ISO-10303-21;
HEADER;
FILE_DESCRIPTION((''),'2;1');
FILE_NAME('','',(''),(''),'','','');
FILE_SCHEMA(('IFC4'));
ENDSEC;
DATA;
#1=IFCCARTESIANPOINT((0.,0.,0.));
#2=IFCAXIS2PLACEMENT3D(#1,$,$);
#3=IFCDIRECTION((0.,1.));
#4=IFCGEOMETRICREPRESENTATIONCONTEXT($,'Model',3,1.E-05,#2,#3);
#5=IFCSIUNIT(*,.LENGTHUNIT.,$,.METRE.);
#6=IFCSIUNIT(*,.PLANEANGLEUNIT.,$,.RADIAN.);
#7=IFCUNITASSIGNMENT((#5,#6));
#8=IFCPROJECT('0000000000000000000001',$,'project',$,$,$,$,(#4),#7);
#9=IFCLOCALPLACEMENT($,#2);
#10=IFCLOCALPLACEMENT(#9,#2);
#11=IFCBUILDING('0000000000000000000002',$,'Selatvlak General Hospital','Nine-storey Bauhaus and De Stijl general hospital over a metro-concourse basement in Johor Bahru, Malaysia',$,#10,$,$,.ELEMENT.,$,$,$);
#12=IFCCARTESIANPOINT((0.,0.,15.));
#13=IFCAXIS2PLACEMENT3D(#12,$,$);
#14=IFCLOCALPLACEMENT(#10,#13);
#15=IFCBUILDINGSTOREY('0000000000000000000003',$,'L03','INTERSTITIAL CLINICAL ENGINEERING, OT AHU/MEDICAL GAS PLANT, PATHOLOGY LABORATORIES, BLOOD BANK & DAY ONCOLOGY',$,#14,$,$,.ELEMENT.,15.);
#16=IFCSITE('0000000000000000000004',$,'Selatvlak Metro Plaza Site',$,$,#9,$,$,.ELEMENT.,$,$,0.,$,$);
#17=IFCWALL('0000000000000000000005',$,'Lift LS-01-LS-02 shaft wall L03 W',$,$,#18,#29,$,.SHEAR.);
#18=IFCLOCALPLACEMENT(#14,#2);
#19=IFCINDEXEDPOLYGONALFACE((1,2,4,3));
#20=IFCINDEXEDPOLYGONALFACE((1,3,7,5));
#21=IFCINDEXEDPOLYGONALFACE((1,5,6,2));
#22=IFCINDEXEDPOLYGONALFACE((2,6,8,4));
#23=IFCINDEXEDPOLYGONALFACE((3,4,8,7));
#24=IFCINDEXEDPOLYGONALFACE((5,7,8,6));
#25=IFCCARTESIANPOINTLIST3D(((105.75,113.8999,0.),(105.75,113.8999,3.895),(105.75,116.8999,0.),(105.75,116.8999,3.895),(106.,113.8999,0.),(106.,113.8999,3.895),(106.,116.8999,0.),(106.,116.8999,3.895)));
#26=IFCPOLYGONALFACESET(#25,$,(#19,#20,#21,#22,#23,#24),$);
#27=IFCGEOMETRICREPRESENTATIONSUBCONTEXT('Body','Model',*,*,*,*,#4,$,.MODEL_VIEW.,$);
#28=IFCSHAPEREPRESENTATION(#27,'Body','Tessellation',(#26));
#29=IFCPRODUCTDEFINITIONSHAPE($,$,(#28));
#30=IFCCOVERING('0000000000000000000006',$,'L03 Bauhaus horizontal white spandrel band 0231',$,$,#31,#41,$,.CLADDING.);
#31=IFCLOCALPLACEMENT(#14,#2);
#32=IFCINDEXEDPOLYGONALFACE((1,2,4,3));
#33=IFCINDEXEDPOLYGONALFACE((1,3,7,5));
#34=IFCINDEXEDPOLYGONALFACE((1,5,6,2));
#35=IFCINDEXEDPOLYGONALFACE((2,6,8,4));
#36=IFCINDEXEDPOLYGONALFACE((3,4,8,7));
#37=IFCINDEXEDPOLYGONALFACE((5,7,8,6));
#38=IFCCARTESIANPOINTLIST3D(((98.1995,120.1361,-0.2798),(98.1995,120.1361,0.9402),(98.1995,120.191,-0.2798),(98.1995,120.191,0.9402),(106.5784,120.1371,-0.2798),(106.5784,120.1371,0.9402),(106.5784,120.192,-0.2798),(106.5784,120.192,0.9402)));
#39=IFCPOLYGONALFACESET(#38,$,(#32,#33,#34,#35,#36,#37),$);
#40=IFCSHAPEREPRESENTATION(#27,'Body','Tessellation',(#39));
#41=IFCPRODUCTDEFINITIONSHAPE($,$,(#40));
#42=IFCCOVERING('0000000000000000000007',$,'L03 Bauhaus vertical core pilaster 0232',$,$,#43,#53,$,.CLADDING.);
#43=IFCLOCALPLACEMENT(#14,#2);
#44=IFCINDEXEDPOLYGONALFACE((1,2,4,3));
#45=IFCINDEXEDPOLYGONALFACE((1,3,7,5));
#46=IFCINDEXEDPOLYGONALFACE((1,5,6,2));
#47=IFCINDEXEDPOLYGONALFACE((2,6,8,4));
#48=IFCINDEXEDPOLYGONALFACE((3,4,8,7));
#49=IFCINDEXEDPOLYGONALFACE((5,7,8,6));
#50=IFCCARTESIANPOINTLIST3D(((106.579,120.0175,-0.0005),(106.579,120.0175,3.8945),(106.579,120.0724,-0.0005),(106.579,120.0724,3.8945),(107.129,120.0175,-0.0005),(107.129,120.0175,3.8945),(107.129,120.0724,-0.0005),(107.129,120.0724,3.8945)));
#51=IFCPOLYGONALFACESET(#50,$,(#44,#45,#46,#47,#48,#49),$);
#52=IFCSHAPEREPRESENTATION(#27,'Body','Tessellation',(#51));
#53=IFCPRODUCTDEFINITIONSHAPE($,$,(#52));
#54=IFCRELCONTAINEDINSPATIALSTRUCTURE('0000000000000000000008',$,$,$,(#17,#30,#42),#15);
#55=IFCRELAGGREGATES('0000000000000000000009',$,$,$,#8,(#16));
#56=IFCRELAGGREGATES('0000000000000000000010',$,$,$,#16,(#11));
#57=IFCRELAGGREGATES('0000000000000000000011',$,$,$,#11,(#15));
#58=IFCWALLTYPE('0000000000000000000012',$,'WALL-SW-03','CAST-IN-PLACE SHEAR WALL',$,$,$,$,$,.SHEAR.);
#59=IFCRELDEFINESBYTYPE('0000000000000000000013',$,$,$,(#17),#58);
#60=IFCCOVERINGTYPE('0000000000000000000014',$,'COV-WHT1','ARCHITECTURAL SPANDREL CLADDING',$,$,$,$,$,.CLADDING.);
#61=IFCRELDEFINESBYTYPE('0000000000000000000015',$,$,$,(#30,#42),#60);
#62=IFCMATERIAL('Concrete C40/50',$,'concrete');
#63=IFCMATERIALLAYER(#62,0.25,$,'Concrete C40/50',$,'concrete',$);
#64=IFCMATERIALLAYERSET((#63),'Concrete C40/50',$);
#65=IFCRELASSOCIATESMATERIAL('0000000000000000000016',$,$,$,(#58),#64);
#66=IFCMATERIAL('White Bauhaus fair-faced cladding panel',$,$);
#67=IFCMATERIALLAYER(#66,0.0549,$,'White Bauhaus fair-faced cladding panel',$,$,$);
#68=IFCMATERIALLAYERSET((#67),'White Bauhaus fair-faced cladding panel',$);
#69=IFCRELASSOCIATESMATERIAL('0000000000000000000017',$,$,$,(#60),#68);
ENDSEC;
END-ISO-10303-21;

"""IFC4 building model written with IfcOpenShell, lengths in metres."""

from ifc_helpers import new_model, si_unit, direction, frame, frame_2d, origin, origin_2d, place, context, subcontext, project, spatial, rectangle, extrude, material, layer, layer_set, type_object, element, save


model = new_model("IFC4")

# Units and contexts
model_context = context("Model", 3, precision=1e-05, world=origin(), true_north=direction((0.0, 1.0)))
body_context = subcontext(model_context, "Body", "Model", "MODEL_VIEW")
ifc_project = project(units=[si_unit("LENGTHUNIT", "METRE"), si_unit("PLANEANGLEUNIT", "RADIAN")], contexts=[model_context])

# Site, building, storey
site_placement = place(None, origin())
site = spatial("IfcSite", under=ifc_project, at=site_placement, Name="Selatvlak Metro Plaza Site", CompositionType="ELEMENT", RefElevation=0.0)
building_placement = place(site_placement, origin())
building = spatial("IfcBuilding", under=site, at=building_placement, Name="Selatvlak General Hospital", Description="Nine-storey Bauhaus and De Stijl general hospital over a metro-concourse basement in Johor Bahru, Malaysia", CompositionType="ELEMENT")
storey_placement = place(building_placement, frame((0.0, 0.0, 15.0)))
storey = spatial("IfcBuildingStorey", under=building, at=storey_placement, Name="L03", Description="INTERSTITIAL CLINICAL ENGINEERING, OT AHU/MEDICAL GAS PLANT, PATHOLOGY LABORATORIES, BLOOD BANK & DAY ONCOLOGY", CompositionType="ELEMENT", Elevation=15.0)

# Shared definitions
ifc_material_1 = material(Name="Concrete C40/50", Category="concrete")

# Shared definitions
ifc_layer_1 = layer(ifc_material_1, 0.25, Name="Concrete C40/50", Category="concrete")
ifc_layer_set_1 = layer_set([ifc_layer_1], Name="Concrete C40/50")
wall_type_1 = type_object("IfcWallType", Name="WALL-SW-03", Description="CAST-IN-PLACE SHEAR WALL", PredefinedType="SHEAR", material=ifc_layer_set_1)

# Wall
wall_1_placement = place(storey_placement, frame((105.875, 116.8999, 0.0), z_axis=(0.0, 0.0, 1.0), x_axis=(0.0, -1.0, 0.0)))
element("IfcWall", 1, at=wall_1_placement, inside=storey, type_object=wall_type_1, Name="Lift LS-01-LS-02 shaft wall L03 W", PredefinedType="SHEAR", context=body_context, shape_type="SweptSolid", body=[
    extrude(rectangle(XDim=3.0, YDim=0.25, at=frame_2d((1.5, 0.0))), origin(), (0.0, 0.0, 1.0), 3.895),
])

# Coverings
ifc_material_2 = material(Name="White Bauhaus fair-faced cladding panel")
ifc_layer_2 = layer(ifc_material_2, 0.0549, Name="White Bauhaus fair-faced cladding panel")
ifc_layer_set_2 = layer_set([ifc_layer_2], Name="White Bauhaus fair-faced cladding panel")
covering_type = type_object("IfcCoveringType", Name="COV-WHT1", Description="ARCHITECTURAL SPANDREL CLADDING", PredefinedType="CLADDING", material=ifc_layer_set_2)
covering_1_placement = place(storey_placement, frame((102.3889, 120.1641, -0.2798), z_axis=(0.0, 0.0, 1.0), x_axis=(1.0, 0.000122, 0.0)))
element("IfcCovering", 2, at=covering_1_placement, inside=storey, type_object=covering_type, Name="L03 Bauhaus horizontal white spandrel band 0231", PredefinedType="CLADDING", context=body_context, shape_type="SweptSolid", body=[
    extrude(rectangle(XDim=8.3789, YDim=0.0549, at=origin_2d()), origin(), (0.0, 0.0, 1.0), 1.22),
])
covering_2_placement = place(storey_placement, frame((106.854, 120.0449, -0.0005), z_axis=(0.0, 0.0, 1.0), x_axis=(1.0, 0.0, 0.0)))
element("IfcCovering", 3, at=covering_2_placement, inside=storey, type_object=covering_type, Name="L03 Bauhaus vertical core pilaster 0232", PredefinedType="CLADDING", context=body_context, shape_type="SweptSolid", body=[
    extrude(rectangle(XDim=0.55, YDim=0.0549, at=origin_2d()), origin(), (0.0, 0.0, 1.0), 3.895),
])

save(model, "model.ifc")
